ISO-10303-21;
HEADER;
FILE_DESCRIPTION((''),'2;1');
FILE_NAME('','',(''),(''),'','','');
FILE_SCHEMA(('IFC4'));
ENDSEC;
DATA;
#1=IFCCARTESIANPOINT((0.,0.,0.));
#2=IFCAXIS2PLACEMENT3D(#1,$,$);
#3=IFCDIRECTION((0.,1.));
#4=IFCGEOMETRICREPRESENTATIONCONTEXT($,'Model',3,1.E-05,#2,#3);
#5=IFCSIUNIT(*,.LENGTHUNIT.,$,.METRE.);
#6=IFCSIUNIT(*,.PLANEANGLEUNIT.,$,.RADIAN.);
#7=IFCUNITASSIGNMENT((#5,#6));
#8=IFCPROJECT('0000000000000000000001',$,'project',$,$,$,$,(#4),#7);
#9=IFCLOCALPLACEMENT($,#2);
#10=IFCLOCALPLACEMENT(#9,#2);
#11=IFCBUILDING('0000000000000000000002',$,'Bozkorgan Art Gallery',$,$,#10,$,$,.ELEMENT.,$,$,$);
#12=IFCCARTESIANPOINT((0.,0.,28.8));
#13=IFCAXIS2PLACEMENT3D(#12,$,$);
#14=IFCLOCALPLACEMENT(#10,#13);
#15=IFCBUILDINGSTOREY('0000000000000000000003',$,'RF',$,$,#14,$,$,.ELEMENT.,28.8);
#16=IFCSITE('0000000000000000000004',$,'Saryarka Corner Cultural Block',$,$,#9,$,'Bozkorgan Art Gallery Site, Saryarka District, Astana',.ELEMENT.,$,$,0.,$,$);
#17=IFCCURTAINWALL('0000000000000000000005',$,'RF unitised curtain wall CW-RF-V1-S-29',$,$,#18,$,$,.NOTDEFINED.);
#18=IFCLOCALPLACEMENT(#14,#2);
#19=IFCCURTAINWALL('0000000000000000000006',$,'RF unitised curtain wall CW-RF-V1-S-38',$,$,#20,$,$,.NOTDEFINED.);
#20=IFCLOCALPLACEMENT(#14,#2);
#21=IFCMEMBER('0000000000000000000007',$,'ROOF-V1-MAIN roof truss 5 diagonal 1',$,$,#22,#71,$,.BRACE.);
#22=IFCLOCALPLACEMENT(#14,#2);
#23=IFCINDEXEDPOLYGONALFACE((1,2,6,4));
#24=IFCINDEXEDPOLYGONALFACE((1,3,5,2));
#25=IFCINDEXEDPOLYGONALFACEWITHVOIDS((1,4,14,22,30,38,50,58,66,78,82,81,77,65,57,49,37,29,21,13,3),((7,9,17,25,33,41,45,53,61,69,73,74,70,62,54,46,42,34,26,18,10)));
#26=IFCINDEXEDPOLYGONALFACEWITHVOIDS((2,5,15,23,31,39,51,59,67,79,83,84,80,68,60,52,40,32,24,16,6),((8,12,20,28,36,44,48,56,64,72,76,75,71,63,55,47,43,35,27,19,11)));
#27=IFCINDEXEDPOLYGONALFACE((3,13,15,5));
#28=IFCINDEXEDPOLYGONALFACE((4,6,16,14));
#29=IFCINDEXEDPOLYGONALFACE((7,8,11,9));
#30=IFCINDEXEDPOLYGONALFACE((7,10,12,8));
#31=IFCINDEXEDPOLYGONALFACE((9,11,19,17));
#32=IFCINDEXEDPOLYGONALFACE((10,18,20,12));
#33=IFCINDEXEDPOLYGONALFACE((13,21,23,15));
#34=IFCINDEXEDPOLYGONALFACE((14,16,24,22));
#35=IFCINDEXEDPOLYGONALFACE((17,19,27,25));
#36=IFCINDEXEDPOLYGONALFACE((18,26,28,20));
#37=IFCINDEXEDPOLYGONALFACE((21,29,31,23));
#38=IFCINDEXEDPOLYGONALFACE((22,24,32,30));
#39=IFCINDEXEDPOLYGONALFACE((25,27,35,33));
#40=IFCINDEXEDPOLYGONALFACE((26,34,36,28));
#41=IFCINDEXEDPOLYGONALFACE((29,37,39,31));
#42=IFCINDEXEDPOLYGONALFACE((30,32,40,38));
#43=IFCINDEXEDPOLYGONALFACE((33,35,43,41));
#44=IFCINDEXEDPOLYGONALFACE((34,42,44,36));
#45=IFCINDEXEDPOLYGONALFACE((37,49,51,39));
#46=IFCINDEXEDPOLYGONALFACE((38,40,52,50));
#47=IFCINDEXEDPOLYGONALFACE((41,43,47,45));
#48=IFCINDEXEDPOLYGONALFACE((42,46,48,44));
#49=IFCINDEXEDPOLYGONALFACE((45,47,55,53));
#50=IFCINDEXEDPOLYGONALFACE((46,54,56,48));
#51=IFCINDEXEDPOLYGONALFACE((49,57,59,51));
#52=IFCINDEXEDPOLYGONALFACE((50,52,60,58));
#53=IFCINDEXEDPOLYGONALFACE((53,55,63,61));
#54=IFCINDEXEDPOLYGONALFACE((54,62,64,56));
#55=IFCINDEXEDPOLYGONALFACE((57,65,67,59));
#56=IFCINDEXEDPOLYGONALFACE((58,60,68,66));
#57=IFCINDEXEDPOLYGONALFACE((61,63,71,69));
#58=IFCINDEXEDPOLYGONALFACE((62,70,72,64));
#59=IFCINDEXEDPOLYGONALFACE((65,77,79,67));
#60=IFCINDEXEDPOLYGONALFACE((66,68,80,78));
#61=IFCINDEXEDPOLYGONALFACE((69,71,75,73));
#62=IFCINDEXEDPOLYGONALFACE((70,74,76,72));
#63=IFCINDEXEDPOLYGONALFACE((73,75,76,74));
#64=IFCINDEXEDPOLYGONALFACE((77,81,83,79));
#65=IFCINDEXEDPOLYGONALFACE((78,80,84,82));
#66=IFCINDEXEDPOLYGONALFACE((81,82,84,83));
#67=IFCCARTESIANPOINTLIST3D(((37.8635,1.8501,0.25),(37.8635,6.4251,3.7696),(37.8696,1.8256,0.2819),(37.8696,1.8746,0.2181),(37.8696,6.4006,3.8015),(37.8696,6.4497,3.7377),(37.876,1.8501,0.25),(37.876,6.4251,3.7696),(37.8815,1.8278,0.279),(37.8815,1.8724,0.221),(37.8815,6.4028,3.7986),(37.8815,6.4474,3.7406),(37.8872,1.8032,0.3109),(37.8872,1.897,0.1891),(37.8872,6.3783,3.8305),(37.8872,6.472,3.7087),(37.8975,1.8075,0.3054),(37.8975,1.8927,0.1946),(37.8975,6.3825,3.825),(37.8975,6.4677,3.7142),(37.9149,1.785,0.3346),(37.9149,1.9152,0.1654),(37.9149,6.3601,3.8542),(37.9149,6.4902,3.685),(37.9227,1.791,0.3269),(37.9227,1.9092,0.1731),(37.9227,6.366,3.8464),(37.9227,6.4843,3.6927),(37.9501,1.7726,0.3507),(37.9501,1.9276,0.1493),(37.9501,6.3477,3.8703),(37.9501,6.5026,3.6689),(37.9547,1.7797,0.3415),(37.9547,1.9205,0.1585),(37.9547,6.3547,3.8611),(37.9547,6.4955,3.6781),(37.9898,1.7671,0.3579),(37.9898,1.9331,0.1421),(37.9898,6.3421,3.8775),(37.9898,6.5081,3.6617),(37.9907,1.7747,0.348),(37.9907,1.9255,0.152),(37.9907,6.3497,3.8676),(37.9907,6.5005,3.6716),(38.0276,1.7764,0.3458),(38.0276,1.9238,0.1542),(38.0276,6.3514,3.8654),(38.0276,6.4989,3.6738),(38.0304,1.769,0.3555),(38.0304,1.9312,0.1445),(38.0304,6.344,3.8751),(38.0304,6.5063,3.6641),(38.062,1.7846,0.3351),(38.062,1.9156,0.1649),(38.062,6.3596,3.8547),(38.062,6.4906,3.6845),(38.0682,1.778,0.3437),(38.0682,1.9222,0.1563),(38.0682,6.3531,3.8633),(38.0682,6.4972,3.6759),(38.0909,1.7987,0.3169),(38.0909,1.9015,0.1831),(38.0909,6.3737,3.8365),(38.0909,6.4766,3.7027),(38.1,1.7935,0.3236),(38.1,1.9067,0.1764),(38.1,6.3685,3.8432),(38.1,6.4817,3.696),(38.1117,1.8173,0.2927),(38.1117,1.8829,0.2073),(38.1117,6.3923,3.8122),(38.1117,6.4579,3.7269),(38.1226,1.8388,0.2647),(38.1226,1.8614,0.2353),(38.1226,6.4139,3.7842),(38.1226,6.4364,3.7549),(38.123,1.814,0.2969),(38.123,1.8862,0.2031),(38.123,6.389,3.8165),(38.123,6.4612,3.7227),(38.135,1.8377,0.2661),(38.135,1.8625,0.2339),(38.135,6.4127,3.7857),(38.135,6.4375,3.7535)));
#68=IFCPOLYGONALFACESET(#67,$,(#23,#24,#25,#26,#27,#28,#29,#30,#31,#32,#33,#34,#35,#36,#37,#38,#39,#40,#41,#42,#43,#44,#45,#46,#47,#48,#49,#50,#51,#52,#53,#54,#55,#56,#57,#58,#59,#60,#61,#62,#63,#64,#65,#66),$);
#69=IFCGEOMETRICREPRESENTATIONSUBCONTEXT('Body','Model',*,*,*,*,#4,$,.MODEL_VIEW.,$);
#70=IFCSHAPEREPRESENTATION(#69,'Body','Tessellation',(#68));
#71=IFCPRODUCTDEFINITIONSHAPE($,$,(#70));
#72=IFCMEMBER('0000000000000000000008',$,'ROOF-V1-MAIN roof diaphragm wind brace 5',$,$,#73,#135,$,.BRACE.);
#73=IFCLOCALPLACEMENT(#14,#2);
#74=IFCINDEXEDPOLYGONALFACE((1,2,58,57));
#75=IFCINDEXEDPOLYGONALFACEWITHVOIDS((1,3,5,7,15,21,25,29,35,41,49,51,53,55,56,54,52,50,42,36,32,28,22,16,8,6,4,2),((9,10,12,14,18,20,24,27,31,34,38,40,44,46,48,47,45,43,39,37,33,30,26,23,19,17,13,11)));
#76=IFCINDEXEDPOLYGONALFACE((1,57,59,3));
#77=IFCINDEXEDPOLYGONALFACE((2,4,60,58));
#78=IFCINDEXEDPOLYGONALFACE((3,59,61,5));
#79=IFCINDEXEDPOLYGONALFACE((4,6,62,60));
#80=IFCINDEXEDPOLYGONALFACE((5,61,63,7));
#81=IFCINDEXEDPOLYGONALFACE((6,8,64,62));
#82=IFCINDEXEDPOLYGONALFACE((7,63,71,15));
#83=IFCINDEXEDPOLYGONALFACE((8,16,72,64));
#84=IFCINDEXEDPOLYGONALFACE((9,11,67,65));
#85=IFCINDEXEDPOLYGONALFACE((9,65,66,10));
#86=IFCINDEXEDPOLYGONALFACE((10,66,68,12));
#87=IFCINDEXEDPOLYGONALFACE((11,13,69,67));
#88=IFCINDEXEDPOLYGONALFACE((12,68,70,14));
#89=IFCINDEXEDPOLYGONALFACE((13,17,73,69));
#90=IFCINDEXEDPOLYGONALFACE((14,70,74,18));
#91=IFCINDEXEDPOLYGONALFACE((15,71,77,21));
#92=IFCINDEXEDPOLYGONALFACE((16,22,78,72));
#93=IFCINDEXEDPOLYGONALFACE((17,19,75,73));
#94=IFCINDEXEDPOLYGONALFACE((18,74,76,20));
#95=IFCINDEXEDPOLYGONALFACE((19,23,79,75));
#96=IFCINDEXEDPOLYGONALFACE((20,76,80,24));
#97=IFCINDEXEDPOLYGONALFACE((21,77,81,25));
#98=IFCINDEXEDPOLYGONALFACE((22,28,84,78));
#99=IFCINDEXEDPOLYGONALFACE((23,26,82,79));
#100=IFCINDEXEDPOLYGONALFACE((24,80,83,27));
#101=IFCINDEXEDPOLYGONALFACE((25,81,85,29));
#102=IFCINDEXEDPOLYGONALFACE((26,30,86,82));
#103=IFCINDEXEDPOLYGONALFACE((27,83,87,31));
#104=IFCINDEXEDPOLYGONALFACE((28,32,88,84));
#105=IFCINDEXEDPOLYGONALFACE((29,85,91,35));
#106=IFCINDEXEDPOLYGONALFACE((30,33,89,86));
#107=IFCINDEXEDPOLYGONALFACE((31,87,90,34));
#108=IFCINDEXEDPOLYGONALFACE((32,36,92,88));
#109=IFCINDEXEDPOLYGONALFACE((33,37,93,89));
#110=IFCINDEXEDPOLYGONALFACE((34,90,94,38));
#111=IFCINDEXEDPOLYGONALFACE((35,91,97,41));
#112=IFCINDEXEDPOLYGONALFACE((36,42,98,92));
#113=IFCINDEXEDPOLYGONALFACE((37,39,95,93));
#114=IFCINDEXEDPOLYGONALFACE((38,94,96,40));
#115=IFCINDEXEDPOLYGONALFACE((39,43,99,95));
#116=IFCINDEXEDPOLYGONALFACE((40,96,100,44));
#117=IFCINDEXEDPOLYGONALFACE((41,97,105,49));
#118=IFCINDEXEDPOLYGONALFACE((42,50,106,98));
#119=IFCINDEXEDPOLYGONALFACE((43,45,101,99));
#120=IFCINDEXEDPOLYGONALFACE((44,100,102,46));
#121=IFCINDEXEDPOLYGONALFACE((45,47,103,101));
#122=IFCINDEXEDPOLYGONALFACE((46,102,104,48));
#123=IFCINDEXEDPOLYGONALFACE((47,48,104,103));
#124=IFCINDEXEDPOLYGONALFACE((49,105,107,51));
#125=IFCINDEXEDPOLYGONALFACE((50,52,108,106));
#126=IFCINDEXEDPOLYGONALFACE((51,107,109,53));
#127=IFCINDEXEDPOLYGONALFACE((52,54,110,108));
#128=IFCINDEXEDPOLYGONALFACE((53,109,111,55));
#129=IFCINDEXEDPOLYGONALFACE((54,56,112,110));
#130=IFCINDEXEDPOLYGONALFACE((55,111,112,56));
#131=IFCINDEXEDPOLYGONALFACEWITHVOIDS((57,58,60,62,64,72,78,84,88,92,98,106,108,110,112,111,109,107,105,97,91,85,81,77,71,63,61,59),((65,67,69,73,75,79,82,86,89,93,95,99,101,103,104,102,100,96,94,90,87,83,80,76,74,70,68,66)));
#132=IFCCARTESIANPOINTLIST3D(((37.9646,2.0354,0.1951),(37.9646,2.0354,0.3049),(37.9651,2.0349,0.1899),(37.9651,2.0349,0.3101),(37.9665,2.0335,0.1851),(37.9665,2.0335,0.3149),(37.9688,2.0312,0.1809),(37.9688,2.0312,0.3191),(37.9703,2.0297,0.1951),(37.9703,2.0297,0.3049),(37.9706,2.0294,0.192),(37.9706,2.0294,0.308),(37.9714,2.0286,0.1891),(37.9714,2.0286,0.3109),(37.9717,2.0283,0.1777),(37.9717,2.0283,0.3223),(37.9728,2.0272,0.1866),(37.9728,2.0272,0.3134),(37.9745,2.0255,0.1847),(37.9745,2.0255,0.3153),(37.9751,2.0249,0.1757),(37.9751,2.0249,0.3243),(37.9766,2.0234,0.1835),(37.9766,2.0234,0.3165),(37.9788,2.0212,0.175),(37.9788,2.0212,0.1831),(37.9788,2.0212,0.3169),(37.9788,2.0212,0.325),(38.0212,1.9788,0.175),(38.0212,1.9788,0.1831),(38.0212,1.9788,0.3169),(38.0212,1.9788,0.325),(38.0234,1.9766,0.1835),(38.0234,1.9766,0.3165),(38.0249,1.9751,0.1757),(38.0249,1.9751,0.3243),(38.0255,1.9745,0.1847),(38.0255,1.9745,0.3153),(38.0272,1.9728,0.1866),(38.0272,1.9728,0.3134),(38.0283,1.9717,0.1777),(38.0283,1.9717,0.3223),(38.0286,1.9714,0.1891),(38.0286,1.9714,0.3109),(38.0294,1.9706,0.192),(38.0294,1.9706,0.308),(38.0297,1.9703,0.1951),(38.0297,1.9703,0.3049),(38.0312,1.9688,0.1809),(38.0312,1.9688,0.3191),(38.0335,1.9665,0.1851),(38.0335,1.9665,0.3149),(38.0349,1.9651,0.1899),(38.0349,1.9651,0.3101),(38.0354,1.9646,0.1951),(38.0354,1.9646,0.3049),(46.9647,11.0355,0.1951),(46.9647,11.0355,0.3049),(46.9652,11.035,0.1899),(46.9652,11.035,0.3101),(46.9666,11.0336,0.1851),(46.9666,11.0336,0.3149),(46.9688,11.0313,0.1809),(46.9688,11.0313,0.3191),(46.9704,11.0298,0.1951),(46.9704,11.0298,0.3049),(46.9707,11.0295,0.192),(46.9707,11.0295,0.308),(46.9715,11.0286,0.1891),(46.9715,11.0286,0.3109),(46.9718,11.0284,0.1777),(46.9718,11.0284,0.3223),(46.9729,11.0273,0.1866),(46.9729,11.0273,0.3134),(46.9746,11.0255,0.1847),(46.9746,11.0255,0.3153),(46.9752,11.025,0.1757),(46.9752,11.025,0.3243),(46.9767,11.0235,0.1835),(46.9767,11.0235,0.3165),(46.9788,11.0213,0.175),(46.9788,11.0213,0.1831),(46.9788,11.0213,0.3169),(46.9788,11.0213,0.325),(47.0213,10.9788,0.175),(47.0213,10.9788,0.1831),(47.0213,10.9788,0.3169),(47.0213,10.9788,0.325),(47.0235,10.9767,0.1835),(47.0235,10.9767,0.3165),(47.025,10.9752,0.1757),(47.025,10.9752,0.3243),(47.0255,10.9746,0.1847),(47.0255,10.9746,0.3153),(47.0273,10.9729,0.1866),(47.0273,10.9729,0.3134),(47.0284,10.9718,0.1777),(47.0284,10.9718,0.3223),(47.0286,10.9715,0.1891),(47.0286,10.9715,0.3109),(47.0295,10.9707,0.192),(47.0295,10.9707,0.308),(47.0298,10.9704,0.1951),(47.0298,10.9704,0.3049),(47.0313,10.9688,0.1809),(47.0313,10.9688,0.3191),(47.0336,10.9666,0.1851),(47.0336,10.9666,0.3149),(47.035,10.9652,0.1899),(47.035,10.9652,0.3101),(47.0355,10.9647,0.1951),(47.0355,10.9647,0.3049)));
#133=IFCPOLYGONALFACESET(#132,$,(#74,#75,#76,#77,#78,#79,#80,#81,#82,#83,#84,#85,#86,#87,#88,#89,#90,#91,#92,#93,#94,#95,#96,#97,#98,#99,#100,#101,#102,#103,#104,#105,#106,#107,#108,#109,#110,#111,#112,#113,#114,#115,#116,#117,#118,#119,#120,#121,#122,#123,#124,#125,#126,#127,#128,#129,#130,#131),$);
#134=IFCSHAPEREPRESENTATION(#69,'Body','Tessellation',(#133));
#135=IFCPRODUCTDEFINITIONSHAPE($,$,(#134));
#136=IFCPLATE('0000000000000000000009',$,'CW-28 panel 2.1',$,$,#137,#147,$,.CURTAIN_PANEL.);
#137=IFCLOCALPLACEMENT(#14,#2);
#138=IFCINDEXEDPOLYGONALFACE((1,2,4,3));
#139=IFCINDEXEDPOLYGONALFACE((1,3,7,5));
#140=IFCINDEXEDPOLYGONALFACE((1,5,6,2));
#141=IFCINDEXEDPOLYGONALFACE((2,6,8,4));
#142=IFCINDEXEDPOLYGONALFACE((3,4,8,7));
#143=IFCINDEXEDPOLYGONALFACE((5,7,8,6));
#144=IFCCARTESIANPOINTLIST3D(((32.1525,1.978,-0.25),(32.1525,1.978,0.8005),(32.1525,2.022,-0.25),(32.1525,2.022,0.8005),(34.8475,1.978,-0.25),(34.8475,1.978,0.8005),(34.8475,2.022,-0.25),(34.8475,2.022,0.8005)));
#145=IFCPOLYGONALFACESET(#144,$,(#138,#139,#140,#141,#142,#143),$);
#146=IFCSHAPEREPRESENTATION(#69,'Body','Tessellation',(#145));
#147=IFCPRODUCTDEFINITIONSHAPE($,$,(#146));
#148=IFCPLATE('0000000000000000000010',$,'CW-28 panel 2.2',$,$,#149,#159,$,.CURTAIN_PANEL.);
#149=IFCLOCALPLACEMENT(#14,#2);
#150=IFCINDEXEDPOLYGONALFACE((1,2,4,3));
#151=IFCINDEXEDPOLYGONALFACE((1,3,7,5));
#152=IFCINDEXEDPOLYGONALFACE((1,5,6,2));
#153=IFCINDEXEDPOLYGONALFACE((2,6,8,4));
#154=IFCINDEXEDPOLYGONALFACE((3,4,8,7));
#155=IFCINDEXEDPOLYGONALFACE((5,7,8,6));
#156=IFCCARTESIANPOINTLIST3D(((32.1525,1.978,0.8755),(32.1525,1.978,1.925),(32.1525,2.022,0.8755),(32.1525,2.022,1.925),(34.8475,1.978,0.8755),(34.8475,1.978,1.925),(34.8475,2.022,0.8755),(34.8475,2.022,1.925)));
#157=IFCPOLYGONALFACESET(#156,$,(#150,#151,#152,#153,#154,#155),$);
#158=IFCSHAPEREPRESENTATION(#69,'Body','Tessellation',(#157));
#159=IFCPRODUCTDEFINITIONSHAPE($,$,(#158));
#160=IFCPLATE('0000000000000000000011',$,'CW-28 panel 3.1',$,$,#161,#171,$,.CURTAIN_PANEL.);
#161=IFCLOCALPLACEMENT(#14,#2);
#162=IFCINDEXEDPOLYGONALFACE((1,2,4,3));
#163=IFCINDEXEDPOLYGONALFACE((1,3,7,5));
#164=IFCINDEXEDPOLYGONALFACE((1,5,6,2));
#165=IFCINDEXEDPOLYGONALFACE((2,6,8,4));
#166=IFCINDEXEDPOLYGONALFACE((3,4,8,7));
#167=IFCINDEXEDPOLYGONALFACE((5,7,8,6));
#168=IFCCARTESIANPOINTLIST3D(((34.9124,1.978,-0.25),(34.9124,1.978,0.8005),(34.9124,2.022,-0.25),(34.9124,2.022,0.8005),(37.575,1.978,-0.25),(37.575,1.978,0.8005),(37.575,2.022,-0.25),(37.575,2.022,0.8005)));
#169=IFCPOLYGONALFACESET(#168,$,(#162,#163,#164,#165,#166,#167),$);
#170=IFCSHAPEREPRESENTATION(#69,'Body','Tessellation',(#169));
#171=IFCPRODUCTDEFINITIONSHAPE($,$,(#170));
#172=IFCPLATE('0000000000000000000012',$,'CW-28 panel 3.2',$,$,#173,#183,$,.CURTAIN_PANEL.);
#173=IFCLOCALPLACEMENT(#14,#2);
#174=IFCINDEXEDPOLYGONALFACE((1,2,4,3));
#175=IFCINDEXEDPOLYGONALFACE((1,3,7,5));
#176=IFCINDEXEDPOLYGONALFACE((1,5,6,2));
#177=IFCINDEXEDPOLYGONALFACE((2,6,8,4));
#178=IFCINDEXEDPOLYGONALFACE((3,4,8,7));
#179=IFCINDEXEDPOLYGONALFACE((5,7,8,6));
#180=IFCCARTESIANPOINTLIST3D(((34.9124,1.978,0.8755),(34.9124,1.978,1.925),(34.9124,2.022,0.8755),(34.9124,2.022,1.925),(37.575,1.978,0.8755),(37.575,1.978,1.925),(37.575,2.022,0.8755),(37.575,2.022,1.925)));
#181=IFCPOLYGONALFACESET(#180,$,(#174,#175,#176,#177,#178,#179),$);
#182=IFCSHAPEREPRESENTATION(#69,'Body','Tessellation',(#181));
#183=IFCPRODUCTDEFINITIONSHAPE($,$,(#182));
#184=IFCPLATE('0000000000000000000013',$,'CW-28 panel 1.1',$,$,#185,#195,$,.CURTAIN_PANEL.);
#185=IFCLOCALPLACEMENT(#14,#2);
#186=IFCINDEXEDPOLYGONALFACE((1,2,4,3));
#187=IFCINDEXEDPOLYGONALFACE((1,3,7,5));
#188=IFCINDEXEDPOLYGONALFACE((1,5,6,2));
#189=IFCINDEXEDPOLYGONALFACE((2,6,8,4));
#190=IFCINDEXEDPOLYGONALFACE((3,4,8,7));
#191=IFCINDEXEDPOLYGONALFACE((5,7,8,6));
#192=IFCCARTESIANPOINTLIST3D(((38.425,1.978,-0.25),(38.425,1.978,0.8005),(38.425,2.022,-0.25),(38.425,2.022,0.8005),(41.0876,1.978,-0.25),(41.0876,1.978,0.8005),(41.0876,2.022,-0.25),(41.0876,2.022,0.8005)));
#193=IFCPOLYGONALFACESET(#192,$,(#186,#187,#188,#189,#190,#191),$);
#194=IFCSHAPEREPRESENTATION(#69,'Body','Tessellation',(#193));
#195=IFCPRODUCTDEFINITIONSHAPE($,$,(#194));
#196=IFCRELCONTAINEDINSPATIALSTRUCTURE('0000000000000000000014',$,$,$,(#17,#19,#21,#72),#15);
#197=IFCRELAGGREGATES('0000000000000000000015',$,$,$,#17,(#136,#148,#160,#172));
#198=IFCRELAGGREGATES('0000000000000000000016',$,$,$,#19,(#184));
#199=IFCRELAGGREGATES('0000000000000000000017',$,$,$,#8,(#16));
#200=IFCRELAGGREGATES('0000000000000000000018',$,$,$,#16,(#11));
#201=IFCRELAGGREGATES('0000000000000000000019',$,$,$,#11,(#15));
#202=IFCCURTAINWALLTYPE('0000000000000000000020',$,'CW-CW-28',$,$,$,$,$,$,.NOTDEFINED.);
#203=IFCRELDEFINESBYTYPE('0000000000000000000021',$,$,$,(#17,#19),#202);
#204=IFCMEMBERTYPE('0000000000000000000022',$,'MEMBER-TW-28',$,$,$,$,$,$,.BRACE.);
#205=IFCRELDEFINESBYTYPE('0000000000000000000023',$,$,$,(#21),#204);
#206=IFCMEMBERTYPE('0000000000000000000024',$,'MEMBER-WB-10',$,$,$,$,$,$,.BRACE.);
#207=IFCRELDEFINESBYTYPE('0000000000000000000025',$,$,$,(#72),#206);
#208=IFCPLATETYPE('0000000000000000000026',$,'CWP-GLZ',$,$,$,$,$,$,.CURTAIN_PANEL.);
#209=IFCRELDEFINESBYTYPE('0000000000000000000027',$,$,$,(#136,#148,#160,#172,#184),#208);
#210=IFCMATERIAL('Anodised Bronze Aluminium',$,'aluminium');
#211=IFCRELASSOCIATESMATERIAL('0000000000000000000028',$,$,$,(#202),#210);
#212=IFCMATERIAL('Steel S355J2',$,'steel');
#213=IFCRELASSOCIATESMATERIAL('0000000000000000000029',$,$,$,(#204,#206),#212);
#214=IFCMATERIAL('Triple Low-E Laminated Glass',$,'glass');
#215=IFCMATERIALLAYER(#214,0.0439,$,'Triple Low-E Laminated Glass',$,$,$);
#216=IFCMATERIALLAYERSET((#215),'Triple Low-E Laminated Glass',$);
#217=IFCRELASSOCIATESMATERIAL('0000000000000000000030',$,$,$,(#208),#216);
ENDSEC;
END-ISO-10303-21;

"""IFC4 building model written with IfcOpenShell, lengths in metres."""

from ifc_helpers import new_model, si_unit, direction, frame, origin, origin_2d, place, context, subcontext, project, spatial, rectangle, hollow_rectangle, hollow_circle, extrude, material, layer, layer_set, material_profile, profile_set, type_object, element, aggregate, save


model = new_model("IFC4")

# Units and contexts
model_context = context("Model", 3, precision=1e-05, world=origin(), true_north=direction((0.0, 1.0)))
body_context = subcontext(model_context, "Body", "Model", "MODEL_VIEW")
ifc_project = project(units=[si_unit("LENGTHUNIT", "METRE"), si_unit("PLANEANGLEUNIT", "RADIAN")], contexts=[model_context])

# Site, building, storey
site_placement = place(None, origin())
site = spatial("IfcSite", under=ifc_project, at=site_placement, Name="Saryarka Corner Cultural Block", LongName="Bozkorgan Art Gallery Site, Saryarka District, Astana", CompositionType="ELEMENT", RefElevation=0.0)
building_placement = place(site_placement, origin())
building = spatial("IfcBuilding", under=site, at=building_placement, Name="Bozkorgan Art Gallery", CompositionType="ELEMENT")
storey_placement = place(building_placement, frame((0.0, 0.0, 28.8)))
storey = spatial("IfcBuildingStorey", under=building, at=storey_placement, Name="RF", CompositionType="ELEMENT", Elevation=28.8)

# Shared definitions
ifc_material_1 = material(Name="Steel S355J2", Category="steel")

# Curtain walls
ifc_material_2 = material(Name="Anodised Bronze Aluminium", Category="aluminium")
curtain_wall_type = type_object("IfcCurtainWallType", Name="CW-CW-28", PredefinedType="NOTDEFINED", material=ifc_material_2)
curtain_wall_1_placement = place(storey_placement, origin())
curtain_wall_1 = element("IfcCurtainWall", 1, at=curtain_wall_1_placement, inside=storey, type_object=curtain_wall_type, Name="RF unitised curtain wall CW-RF-V1-S-29", PredefinedType="NOTDEFINED")
curtain_wall_2_placement = place(storey_placement, origin())
curtain_wall_2 = element("IfcCurtainWall", 2, at=curtain_wall_2_placement, inside=storey, type_object=curtain_wall_type, Name="RF unitised curtain wall CW-RF-V1-S-38", PredefinedType="NOTDEFINED")

# Members
ifc_material_profile_1 = material_profile(ifc_material_1, hollow_circle(Radius=0.1365, WallThickness=0.0125, at=origin_2d()), Name="CHS 273x12.5")
ifc_profile_set_1 = profile_set([ifc_material_profile_1], Name="Steel S355J2")
member_type_1 = type_object("IfcMemberType", Name="MEMBER-TW-28", PredefinedType="BRACE", material=ifc_profile_set_1)
member_1_placement = place(storey_placement, frame((38.0, 1.8501, 0.25), z_axis=(0.0, 0.792596, 0.609748), x_axis=(-1.0, 0.0, 0.0)))
element("IfcMember", 3, at=member_1_placement, inside=storey, type_object=member_type_1, Name="ROOF-V1-MAIN roof truss 5 diagonal 1", PredefinedType="BRACE", context=body_context, shape_type="SweptSolid", body=[
    extrude(hollow_circle(Radius=0.1365, WallThickness=0.0125, at=origin_2d()), origin(), (0.0, 0.0, 1.0), 5.7722),
])
ifc_material_profile_2 = material_profile(ifc_material_1, hollow_rectangle(XDim=0.1001, YDim=0.1499, WallThickness=0.0081, InnerFilletRadius=0.012, OuterFilletRadius=0.02, at=origin_2d()), Name="RHS 150x100x8")
ifc_profile_set_2 = profile_set([ifc_material_profile_2], Name="Steel S355J2")
member_type_2 = type_object("IfcMemberType", Name="MEMBER-WB-10", PredefinedType="BRACE", material=ifc_profile_set_2)
member_2_placement = place(storey_placement, frame((38.0, 2.0, 0.25), z_axis=(0.707107, 0.707107, 0.0), x_axis=(-0.707107, 0.707107, 0.0)))
element("IfcMember", 4, at=member_2_placement, inside=storey, type_object=member_type_2, Name="ROOF-V1-MAIN roof diaphragm wind brace 5", PredefinedType="BRACE", context=body_context, shape_type="SweptSolid", body=[
    extrude(hollow_rectangle(XDim=0.1001, YDim=0.1499, WallThickness=0.0081, InnerFilletRadius=0.012, OuterFilletRadius=0.02, at=origin_2d()), origin(), (0.0, 0.0, 1.0), 12.728),
])

# Plates
ifc_material_3 = material(Name="Triple Low-E Laminated Glass", Category="glass")
ifc_layer_1 = layer(ifc_material_3, 0.0439, Name="Triple Low-E Laminated Glass")
ifc_layer_set_1 = layer_set([ifc_layer_1], Name="Triple Low-E Laminated Glass")
plate_type_1 = type_object("IfcPlateType", Name="CWP-GLZ", PredefinedType="CURTAIN_PANEL", material=ifc_layer_set_1)
plate_1_placement = place(storey_placement, frame((33.5, 2.0, -0.25), z_axis=(0.0, 0.0, 1.0), x_axis=(1.0, 0.0, 0.0)))
plate_1 = element("IfcPlate", 5, at=plate_1_placement, type_object=plate_type_1, Name="CW-28 panel 2.1", PredefinedType="CURTAIN_PANEL", context=body_context, shape_type="SweptSolid", body=[
    extrude(rectangle(XDim=2.6951, YDim=0.0439, at=origin_2d()), origin(), (0.0, 0.0, 1.0), 1.0505),
])
plate_2_placement = place(storey_placement, frame((33.5, 2.0, 0.8755), z_axis=(0.0, 0.0, 1.0), x_axis=(1.0, 0.0, 0.0)))
plate_2 = element("IfcPlate", 6, at=plate_2_placement, type_object=plate_type_1, Name="CW-28 panel 2.2", PredefinedType="CURTAIN_PANEL", context=body_context, shape_type="SweptSolid", body=[
    extrude(rectangle(XDim=2.6951, YDim=0.0439, at=origin_2d()), origin(), (0.0, 0.0, 1.0), 1.0496),
])
plate_3_placement = place(storey_placement, frame((36.2437, 2.0, -0.25), z_axis=(0.0, 0.0, 1.0), x_axis=(1.0, 0.0, 0.0)))
plate_3 = element("IfcPlate", 7, at=plate_3_placement, type_object=plate_type_1, Name="CW-28 panel 3.1", PredefinedType="CURTAIN_PANEL", context=body_context, shape_type="SweptSolid", body=[
    extrude(rectangle(XDim=2.6626, YDim=0.0439, at=origin_2d()), origin(), (0.0, 0.0, 1.0), 1.0505),
])
plate_4_placement = place(storey_placement, frame((36.2437, 2.0, 0.8755), z_axis=(0.0, 0.0, 1.0), x_axis=(1.0, 0.0, 0.0)))
plate_4 = element("IfcPlate", 8, at=plate_4_placement, type_object=plate_type_1, Name="CW-28 panel 3.2", PredefinedType="CURTAIN_PANEL", context=body_context, shape_type="SweptSolid", body=[
    extrude(rectangle(XDim=2.6626, YDim=0.0439, at=origin_2d()), origin(), (0.0, 0.0, 1.0), 1.0496),
])
aggregate(curtain_wall_1, [plate_1, plate_2, plate_3, plate_4])
plate_5_placement = place(storey_placement, frame((39.7563, 2.0, -0.25), z_axis=(0.0, 0.0, 1.0), x_axis=(1.0, 0.0, 0.0)))
plate_5 = element("IfcPlate", 9, at=plate_5_placement, type_object=plate_type_1, Name="CW-28 panel 1.1", PredefinedType="CURTAIN_PANEL", context=body_context, shape_type="SweptSolid", body=[
    extrude(rectangle(XDim=2.6626, YDim=0.0439, at=origin_2d()), origin(), (0.0, 0.0, 1.0), 1.0505),
])
aggregate(curtain_wall_2, [plate_5])

save(model, "model.ifc")
